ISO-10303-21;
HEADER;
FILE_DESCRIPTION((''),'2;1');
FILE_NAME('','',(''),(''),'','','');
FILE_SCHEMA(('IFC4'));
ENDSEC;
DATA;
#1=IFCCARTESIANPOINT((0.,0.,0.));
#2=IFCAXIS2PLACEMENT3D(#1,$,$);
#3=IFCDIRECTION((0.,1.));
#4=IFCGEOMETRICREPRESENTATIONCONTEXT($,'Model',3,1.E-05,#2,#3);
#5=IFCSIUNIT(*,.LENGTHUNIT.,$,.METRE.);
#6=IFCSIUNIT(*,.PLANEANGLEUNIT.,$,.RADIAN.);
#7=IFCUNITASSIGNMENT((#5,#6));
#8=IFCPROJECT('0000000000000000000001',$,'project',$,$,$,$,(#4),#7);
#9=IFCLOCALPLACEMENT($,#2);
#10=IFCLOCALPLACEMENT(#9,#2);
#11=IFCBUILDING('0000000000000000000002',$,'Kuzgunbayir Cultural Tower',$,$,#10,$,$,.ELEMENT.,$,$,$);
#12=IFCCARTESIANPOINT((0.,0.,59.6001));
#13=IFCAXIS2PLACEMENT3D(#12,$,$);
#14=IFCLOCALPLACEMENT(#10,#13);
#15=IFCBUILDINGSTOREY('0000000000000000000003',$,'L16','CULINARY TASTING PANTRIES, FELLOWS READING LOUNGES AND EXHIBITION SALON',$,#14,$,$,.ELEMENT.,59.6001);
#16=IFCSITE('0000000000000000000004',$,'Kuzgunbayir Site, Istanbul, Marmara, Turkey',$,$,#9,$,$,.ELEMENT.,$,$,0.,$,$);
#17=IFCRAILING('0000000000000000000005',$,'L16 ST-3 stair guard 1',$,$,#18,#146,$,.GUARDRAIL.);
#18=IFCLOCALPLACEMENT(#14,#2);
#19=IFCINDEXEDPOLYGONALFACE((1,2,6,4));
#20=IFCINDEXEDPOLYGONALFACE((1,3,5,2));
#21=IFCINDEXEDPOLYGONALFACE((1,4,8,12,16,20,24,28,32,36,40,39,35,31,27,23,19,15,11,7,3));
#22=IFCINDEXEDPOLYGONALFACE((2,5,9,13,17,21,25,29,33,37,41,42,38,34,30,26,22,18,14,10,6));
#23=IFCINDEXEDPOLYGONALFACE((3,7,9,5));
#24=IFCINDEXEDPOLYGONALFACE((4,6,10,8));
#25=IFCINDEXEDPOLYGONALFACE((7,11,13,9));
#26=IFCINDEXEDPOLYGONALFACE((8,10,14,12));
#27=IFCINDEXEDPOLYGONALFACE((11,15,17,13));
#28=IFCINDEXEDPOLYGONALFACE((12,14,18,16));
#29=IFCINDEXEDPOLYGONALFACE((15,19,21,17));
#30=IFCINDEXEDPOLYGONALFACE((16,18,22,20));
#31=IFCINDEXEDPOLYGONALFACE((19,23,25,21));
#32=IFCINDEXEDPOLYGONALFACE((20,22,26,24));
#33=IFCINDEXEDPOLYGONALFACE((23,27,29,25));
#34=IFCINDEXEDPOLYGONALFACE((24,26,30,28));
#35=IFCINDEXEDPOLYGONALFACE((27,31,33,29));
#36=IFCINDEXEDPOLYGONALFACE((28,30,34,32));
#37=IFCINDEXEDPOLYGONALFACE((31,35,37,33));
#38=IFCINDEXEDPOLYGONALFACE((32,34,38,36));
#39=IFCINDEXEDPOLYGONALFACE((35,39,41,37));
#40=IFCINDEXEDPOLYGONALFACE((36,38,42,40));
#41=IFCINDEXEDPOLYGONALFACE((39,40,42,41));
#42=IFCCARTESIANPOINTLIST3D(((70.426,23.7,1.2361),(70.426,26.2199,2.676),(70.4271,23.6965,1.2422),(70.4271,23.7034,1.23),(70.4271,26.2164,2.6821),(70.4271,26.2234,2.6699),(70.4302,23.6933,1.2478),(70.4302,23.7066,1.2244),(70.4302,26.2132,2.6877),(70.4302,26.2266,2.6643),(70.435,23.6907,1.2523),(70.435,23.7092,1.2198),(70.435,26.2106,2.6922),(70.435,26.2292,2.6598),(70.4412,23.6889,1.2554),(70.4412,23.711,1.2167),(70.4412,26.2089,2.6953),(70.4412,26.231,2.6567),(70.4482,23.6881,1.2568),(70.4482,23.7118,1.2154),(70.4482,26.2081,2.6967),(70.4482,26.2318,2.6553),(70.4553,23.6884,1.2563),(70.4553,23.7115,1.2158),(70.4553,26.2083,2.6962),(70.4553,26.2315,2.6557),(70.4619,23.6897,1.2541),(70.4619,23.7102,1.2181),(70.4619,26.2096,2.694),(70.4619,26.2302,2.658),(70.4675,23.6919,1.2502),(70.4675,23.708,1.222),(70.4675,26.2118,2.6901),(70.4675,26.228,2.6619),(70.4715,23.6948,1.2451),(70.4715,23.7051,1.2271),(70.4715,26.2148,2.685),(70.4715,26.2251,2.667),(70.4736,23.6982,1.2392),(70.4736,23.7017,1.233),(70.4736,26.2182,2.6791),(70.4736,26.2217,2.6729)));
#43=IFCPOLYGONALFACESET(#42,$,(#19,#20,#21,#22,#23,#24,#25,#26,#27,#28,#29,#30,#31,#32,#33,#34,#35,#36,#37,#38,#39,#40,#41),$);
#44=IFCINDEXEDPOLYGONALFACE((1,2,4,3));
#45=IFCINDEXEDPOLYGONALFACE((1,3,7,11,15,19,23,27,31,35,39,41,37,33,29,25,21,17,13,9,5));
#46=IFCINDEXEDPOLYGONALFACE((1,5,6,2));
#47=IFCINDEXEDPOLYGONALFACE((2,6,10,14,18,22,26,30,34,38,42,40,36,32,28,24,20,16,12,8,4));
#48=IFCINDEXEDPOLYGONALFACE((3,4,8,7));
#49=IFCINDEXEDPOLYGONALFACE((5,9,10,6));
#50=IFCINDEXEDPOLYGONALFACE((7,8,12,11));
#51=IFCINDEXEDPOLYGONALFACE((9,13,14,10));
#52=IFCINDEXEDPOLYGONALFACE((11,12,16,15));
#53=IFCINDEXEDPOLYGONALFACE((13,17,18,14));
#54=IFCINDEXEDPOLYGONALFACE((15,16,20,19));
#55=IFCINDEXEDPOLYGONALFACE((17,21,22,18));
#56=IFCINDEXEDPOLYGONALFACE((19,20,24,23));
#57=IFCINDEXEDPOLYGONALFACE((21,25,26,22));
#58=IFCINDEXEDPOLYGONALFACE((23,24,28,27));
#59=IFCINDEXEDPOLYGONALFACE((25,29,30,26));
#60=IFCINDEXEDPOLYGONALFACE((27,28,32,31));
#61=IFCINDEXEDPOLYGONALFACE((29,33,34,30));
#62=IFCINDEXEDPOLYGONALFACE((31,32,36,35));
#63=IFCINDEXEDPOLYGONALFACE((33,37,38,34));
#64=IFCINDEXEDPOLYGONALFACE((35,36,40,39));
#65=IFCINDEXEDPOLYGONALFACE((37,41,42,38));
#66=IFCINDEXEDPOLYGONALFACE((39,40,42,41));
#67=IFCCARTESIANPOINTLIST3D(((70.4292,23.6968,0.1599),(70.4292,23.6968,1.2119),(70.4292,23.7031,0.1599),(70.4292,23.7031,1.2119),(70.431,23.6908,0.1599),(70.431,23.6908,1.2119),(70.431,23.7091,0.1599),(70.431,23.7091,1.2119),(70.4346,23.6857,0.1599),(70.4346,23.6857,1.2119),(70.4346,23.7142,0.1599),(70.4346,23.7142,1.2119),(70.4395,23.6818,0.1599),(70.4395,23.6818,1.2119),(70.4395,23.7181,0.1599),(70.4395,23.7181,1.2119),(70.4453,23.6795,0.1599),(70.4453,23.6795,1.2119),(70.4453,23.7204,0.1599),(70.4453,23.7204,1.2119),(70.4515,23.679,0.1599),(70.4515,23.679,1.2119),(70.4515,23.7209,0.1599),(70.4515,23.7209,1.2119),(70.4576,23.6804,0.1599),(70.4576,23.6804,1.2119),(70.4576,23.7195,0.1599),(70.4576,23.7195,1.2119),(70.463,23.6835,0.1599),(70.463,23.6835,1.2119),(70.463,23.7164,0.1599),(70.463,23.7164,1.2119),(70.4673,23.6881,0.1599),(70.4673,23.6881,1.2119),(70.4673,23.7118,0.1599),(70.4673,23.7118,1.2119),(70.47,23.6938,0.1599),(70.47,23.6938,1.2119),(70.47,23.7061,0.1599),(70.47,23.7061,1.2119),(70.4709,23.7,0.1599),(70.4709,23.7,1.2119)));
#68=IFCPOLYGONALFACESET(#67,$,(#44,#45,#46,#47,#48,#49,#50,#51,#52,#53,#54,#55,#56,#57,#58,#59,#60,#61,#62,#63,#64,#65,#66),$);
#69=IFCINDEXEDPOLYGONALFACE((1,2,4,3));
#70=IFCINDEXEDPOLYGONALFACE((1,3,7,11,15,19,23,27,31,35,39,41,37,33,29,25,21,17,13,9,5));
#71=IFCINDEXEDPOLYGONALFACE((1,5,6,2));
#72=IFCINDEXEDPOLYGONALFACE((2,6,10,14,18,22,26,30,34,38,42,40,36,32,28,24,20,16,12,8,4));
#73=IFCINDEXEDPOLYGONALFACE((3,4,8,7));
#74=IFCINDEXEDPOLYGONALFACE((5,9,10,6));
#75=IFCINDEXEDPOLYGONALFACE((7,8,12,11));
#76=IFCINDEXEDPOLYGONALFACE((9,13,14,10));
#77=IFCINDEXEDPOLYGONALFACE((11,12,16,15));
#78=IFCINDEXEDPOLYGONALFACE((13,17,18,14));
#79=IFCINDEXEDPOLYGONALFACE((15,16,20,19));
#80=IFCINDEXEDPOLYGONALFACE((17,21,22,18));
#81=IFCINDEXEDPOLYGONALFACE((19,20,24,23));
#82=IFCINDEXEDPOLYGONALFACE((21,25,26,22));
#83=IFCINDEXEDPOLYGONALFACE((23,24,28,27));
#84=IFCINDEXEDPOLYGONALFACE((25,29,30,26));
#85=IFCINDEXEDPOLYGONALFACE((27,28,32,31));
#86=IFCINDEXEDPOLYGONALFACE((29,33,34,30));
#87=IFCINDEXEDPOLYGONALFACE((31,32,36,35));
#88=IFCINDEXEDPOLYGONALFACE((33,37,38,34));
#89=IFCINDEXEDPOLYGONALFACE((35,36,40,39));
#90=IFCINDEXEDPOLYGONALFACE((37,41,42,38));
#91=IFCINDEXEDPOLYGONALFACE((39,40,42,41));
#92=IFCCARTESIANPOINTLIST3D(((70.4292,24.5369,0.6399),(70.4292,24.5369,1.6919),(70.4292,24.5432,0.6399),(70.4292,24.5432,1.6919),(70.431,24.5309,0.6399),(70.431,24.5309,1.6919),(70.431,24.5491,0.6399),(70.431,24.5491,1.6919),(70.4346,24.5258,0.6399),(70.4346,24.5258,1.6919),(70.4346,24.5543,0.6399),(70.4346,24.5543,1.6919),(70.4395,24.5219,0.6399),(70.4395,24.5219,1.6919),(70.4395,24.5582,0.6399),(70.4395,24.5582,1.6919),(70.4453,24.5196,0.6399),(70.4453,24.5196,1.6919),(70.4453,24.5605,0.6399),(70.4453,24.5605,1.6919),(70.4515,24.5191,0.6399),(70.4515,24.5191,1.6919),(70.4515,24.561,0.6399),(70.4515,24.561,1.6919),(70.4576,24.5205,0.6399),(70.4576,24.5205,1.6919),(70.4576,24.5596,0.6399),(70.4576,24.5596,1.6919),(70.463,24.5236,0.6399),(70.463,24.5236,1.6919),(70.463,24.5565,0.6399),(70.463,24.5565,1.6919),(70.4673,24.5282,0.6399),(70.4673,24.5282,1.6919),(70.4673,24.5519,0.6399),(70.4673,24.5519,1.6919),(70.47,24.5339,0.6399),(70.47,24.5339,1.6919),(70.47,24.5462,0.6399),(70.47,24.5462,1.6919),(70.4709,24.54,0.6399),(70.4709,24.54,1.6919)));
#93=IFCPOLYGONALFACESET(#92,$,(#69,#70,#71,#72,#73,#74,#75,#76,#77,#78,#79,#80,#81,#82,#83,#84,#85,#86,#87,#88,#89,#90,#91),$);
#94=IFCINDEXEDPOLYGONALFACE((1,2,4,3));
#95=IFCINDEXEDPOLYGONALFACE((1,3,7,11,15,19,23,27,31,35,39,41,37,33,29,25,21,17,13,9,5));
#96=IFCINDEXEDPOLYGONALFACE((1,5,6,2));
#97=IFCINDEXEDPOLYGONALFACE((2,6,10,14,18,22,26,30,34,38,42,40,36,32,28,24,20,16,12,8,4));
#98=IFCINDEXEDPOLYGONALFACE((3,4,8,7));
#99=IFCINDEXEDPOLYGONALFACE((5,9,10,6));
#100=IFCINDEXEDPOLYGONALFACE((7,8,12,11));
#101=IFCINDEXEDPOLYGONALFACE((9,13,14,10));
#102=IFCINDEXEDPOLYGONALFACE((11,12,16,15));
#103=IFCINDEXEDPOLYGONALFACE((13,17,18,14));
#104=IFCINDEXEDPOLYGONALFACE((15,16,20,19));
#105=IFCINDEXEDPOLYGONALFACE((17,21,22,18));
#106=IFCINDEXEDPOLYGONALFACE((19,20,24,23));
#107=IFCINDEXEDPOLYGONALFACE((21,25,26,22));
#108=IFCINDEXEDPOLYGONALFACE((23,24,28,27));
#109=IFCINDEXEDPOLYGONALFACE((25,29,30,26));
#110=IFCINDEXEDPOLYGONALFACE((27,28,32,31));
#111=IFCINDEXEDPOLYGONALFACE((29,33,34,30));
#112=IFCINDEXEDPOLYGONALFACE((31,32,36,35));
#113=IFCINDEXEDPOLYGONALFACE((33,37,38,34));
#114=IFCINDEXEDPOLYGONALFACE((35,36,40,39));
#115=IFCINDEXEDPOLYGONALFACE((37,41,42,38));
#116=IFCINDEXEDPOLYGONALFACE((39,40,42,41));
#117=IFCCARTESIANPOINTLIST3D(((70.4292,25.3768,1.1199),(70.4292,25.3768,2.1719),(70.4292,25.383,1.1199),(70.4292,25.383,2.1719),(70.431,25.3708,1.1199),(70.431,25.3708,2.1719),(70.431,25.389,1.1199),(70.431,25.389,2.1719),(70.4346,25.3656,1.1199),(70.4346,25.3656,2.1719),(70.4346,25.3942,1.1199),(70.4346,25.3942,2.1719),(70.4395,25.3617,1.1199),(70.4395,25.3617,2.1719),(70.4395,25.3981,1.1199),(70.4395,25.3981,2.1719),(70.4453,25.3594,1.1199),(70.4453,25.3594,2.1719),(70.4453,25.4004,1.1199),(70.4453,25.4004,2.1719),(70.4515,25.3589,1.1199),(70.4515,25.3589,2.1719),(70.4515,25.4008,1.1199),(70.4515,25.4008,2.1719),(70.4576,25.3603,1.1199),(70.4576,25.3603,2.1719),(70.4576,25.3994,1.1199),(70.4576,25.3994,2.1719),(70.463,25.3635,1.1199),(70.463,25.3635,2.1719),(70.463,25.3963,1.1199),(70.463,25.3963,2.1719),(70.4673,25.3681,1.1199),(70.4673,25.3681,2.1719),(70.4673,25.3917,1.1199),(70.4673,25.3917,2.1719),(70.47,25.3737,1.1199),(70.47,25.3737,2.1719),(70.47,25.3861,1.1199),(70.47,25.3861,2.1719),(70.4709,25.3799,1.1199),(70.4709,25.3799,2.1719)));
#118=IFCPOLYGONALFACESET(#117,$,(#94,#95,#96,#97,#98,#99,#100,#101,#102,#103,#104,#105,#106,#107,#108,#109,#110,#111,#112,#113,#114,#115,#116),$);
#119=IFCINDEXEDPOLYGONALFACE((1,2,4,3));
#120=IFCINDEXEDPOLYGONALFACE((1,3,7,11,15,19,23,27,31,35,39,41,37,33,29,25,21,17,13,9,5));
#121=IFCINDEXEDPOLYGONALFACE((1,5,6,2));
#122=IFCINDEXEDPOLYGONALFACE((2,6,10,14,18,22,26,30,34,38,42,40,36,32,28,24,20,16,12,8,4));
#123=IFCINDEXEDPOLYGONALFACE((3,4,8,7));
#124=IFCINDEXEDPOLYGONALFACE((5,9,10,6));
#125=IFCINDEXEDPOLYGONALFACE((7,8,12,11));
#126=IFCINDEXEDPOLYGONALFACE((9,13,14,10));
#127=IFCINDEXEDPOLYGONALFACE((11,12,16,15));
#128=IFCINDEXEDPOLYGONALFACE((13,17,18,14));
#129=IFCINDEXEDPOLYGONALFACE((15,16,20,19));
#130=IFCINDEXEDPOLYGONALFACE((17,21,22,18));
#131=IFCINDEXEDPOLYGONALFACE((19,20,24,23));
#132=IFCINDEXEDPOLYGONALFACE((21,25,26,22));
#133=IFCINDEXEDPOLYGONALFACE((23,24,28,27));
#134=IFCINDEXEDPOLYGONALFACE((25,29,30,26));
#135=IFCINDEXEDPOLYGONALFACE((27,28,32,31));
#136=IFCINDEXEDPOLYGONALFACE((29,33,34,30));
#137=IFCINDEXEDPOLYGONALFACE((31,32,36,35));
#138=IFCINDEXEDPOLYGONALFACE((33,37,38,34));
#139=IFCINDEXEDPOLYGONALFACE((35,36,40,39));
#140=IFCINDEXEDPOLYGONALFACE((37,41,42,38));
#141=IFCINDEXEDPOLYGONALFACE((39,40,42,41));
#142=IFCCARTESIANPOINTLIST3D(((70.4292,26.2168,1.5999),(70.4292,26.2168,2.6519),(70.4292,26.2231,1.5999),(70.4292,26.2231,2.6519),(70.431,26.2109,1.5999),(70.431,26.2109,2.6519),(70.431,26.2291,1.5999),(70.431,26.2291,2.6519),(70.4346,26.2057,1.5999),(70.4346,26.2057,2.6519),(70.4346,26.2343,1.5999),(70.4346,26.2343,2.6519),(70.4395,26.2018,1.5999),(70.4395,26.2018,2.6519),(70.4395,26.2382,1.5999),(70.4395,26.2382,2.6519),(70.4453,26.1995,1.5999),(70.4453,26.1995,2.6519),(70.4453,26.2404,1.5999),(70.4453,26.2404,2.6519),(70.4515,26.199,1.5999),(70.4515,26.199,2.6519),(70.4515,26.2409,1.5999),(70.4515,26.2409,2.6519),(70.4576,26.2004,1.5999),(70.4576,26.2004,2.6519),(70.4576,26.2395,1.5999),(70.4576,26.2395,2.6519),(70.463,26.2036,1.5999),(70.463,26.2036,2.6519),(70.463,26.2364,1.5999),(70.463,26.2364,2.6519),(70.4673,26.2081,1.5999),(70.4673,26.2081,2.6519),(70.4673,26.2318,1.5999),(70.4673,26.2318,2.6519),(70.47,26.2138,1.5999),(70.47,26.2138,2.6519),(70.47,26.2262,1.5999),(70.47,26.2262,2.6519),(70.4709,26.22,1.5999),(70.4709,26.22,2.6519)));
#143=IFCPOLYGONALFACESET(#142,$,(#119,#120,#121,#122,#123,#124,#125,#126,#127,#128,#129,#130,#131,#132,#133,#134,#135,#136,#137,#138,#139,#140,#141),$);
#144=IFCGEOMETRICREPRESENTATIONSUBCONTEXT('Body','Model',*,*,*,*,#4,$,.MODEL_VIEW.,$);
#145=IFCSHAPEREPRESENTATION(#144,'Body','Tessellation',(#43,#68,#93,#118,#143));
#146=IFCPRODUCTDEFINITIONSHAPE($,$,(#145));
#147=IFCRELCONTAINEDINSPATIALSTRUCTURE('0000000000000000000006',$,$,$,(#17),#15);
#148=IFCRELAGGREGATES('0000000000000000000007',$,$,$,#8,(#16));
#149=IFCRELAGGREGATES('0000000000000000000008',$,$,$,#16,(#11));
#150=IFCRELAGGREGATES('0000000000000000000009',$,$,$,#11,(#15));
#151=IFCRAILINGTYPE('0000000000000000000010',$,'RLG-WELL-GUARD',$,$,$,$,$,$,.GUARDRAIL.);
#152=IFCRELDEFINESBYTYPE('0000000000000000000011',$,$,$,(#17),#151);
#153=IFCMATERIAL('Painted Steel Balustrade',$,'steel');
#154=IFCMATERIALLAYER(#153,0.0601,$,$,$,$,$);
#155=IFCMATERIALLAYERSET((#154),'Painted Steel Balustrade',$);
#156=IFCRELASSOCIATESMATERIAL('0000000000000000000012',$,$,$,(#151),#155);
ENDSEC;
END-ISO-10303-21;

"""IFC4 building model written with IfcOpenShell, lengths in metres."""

from ifc_helpers import new_model, si_unit, direction, frame, origin, origin_2d, place, context, subcontext, project, spatial, circle, extrude, material, layer, layer_set, type_object, element, save


model = new_model("IFC4")

# Units and contexts
model_context = context("Model", 3, precision=1e-05, world=origin(), true_north=direction((0.0, 1.0)))
body_context = subcontext(model_context, "Body", "Model", "MODEL_VIEW")
ifc_project = project(units=[si_unit("LENGTHUNIT", "METRE"), si_unit("PLANEANGLEUNIT", "RADIAN")], contexts=[model_context])

# Site, building, storey
site_placement = place(None, origin())
site = spatial("IfcSite", under=ifc_project, at=site_placement, Name="Kuzgunbayir Site, Istanbul, Marmara, Turkey", CompositionType="ELEMENT", RefElevation=0.0)
building_placement = place(site_placement, origin())
building = spatial("IfcBuilding", under=site, at=building_placement, Name="Kuzgunbayir Cultural Tower", CompositionType="ELEMENT")
storey_placement = place(building_placement, frame((0.0, 0.0, 59.6001)))
storey = spatial("IfcBuildingStorey", under=building, at=storey_placement, Name="L16", Description="CULINARY TASTING PANTRIES, FELLOWS READING LOUNGES AND EXHIBITION SALON", CompositionType="ELEMENT", Elevation=59.6001)

# Railing
ifc_material_1 = material(Name="Painted Steel Balustrade", Category="steel")
ifc_layer_1 = layer(ifc_material_1, 0.0601)
ifc_layer_set_1 = layer_set([ifc_layer_1], Name="Painted Steel Balustrade")
railing_type_1 = type_object("IfcRailingType", Name="RLG-WELL-GUARD", PredefinedType="GUARDRAIL", material=ifc_layer_set_1)
railing_1_placement = place(storey_placement, frame((70.45, 23.7, 0.1599)))
element("IfcRailing", 1, at=railing_1_placement, inside=storey, type_object=railing_type_1, Name="L16 ST-3 stair guard 1", PredefinedType="GUARDRAIL", context=body_context, shape_type="SweptSolid", body=[
    extrude(circle(Radius=0.0239, at=origin_2d()), frame((0.0, 0.0, 1.0762), z_axis=(0.0, 0.868253, 0.496121), x_axis=(-1.0, 0.0, 0.0)), (0.0, 0.0, 1.0), 2.9023),
    extrude(circle(Radius=0.021, at=origin_2d()), origin(), (0.0, 0.0, 1.0), 1.052),
    extrude(circle(Radius=0.021, at=origin_2d()), frame((0.0, 0.8401, 0.48)), (0.0, 0.0, 1.0), 1.052),
    extrude(circle(Radius=0.021, at=origin_2d()), frame((0.0, 1.6799, 0.96)), (0.0, 0.0, 1.0), 1.052),
    extrude(circle(Radius=0.021, at=origin_2d()), frame((0.0, 2.52, 1.4399)), (0.0, 0.0, 1.0), 1.052),
])

save(model, "model.ifc")
